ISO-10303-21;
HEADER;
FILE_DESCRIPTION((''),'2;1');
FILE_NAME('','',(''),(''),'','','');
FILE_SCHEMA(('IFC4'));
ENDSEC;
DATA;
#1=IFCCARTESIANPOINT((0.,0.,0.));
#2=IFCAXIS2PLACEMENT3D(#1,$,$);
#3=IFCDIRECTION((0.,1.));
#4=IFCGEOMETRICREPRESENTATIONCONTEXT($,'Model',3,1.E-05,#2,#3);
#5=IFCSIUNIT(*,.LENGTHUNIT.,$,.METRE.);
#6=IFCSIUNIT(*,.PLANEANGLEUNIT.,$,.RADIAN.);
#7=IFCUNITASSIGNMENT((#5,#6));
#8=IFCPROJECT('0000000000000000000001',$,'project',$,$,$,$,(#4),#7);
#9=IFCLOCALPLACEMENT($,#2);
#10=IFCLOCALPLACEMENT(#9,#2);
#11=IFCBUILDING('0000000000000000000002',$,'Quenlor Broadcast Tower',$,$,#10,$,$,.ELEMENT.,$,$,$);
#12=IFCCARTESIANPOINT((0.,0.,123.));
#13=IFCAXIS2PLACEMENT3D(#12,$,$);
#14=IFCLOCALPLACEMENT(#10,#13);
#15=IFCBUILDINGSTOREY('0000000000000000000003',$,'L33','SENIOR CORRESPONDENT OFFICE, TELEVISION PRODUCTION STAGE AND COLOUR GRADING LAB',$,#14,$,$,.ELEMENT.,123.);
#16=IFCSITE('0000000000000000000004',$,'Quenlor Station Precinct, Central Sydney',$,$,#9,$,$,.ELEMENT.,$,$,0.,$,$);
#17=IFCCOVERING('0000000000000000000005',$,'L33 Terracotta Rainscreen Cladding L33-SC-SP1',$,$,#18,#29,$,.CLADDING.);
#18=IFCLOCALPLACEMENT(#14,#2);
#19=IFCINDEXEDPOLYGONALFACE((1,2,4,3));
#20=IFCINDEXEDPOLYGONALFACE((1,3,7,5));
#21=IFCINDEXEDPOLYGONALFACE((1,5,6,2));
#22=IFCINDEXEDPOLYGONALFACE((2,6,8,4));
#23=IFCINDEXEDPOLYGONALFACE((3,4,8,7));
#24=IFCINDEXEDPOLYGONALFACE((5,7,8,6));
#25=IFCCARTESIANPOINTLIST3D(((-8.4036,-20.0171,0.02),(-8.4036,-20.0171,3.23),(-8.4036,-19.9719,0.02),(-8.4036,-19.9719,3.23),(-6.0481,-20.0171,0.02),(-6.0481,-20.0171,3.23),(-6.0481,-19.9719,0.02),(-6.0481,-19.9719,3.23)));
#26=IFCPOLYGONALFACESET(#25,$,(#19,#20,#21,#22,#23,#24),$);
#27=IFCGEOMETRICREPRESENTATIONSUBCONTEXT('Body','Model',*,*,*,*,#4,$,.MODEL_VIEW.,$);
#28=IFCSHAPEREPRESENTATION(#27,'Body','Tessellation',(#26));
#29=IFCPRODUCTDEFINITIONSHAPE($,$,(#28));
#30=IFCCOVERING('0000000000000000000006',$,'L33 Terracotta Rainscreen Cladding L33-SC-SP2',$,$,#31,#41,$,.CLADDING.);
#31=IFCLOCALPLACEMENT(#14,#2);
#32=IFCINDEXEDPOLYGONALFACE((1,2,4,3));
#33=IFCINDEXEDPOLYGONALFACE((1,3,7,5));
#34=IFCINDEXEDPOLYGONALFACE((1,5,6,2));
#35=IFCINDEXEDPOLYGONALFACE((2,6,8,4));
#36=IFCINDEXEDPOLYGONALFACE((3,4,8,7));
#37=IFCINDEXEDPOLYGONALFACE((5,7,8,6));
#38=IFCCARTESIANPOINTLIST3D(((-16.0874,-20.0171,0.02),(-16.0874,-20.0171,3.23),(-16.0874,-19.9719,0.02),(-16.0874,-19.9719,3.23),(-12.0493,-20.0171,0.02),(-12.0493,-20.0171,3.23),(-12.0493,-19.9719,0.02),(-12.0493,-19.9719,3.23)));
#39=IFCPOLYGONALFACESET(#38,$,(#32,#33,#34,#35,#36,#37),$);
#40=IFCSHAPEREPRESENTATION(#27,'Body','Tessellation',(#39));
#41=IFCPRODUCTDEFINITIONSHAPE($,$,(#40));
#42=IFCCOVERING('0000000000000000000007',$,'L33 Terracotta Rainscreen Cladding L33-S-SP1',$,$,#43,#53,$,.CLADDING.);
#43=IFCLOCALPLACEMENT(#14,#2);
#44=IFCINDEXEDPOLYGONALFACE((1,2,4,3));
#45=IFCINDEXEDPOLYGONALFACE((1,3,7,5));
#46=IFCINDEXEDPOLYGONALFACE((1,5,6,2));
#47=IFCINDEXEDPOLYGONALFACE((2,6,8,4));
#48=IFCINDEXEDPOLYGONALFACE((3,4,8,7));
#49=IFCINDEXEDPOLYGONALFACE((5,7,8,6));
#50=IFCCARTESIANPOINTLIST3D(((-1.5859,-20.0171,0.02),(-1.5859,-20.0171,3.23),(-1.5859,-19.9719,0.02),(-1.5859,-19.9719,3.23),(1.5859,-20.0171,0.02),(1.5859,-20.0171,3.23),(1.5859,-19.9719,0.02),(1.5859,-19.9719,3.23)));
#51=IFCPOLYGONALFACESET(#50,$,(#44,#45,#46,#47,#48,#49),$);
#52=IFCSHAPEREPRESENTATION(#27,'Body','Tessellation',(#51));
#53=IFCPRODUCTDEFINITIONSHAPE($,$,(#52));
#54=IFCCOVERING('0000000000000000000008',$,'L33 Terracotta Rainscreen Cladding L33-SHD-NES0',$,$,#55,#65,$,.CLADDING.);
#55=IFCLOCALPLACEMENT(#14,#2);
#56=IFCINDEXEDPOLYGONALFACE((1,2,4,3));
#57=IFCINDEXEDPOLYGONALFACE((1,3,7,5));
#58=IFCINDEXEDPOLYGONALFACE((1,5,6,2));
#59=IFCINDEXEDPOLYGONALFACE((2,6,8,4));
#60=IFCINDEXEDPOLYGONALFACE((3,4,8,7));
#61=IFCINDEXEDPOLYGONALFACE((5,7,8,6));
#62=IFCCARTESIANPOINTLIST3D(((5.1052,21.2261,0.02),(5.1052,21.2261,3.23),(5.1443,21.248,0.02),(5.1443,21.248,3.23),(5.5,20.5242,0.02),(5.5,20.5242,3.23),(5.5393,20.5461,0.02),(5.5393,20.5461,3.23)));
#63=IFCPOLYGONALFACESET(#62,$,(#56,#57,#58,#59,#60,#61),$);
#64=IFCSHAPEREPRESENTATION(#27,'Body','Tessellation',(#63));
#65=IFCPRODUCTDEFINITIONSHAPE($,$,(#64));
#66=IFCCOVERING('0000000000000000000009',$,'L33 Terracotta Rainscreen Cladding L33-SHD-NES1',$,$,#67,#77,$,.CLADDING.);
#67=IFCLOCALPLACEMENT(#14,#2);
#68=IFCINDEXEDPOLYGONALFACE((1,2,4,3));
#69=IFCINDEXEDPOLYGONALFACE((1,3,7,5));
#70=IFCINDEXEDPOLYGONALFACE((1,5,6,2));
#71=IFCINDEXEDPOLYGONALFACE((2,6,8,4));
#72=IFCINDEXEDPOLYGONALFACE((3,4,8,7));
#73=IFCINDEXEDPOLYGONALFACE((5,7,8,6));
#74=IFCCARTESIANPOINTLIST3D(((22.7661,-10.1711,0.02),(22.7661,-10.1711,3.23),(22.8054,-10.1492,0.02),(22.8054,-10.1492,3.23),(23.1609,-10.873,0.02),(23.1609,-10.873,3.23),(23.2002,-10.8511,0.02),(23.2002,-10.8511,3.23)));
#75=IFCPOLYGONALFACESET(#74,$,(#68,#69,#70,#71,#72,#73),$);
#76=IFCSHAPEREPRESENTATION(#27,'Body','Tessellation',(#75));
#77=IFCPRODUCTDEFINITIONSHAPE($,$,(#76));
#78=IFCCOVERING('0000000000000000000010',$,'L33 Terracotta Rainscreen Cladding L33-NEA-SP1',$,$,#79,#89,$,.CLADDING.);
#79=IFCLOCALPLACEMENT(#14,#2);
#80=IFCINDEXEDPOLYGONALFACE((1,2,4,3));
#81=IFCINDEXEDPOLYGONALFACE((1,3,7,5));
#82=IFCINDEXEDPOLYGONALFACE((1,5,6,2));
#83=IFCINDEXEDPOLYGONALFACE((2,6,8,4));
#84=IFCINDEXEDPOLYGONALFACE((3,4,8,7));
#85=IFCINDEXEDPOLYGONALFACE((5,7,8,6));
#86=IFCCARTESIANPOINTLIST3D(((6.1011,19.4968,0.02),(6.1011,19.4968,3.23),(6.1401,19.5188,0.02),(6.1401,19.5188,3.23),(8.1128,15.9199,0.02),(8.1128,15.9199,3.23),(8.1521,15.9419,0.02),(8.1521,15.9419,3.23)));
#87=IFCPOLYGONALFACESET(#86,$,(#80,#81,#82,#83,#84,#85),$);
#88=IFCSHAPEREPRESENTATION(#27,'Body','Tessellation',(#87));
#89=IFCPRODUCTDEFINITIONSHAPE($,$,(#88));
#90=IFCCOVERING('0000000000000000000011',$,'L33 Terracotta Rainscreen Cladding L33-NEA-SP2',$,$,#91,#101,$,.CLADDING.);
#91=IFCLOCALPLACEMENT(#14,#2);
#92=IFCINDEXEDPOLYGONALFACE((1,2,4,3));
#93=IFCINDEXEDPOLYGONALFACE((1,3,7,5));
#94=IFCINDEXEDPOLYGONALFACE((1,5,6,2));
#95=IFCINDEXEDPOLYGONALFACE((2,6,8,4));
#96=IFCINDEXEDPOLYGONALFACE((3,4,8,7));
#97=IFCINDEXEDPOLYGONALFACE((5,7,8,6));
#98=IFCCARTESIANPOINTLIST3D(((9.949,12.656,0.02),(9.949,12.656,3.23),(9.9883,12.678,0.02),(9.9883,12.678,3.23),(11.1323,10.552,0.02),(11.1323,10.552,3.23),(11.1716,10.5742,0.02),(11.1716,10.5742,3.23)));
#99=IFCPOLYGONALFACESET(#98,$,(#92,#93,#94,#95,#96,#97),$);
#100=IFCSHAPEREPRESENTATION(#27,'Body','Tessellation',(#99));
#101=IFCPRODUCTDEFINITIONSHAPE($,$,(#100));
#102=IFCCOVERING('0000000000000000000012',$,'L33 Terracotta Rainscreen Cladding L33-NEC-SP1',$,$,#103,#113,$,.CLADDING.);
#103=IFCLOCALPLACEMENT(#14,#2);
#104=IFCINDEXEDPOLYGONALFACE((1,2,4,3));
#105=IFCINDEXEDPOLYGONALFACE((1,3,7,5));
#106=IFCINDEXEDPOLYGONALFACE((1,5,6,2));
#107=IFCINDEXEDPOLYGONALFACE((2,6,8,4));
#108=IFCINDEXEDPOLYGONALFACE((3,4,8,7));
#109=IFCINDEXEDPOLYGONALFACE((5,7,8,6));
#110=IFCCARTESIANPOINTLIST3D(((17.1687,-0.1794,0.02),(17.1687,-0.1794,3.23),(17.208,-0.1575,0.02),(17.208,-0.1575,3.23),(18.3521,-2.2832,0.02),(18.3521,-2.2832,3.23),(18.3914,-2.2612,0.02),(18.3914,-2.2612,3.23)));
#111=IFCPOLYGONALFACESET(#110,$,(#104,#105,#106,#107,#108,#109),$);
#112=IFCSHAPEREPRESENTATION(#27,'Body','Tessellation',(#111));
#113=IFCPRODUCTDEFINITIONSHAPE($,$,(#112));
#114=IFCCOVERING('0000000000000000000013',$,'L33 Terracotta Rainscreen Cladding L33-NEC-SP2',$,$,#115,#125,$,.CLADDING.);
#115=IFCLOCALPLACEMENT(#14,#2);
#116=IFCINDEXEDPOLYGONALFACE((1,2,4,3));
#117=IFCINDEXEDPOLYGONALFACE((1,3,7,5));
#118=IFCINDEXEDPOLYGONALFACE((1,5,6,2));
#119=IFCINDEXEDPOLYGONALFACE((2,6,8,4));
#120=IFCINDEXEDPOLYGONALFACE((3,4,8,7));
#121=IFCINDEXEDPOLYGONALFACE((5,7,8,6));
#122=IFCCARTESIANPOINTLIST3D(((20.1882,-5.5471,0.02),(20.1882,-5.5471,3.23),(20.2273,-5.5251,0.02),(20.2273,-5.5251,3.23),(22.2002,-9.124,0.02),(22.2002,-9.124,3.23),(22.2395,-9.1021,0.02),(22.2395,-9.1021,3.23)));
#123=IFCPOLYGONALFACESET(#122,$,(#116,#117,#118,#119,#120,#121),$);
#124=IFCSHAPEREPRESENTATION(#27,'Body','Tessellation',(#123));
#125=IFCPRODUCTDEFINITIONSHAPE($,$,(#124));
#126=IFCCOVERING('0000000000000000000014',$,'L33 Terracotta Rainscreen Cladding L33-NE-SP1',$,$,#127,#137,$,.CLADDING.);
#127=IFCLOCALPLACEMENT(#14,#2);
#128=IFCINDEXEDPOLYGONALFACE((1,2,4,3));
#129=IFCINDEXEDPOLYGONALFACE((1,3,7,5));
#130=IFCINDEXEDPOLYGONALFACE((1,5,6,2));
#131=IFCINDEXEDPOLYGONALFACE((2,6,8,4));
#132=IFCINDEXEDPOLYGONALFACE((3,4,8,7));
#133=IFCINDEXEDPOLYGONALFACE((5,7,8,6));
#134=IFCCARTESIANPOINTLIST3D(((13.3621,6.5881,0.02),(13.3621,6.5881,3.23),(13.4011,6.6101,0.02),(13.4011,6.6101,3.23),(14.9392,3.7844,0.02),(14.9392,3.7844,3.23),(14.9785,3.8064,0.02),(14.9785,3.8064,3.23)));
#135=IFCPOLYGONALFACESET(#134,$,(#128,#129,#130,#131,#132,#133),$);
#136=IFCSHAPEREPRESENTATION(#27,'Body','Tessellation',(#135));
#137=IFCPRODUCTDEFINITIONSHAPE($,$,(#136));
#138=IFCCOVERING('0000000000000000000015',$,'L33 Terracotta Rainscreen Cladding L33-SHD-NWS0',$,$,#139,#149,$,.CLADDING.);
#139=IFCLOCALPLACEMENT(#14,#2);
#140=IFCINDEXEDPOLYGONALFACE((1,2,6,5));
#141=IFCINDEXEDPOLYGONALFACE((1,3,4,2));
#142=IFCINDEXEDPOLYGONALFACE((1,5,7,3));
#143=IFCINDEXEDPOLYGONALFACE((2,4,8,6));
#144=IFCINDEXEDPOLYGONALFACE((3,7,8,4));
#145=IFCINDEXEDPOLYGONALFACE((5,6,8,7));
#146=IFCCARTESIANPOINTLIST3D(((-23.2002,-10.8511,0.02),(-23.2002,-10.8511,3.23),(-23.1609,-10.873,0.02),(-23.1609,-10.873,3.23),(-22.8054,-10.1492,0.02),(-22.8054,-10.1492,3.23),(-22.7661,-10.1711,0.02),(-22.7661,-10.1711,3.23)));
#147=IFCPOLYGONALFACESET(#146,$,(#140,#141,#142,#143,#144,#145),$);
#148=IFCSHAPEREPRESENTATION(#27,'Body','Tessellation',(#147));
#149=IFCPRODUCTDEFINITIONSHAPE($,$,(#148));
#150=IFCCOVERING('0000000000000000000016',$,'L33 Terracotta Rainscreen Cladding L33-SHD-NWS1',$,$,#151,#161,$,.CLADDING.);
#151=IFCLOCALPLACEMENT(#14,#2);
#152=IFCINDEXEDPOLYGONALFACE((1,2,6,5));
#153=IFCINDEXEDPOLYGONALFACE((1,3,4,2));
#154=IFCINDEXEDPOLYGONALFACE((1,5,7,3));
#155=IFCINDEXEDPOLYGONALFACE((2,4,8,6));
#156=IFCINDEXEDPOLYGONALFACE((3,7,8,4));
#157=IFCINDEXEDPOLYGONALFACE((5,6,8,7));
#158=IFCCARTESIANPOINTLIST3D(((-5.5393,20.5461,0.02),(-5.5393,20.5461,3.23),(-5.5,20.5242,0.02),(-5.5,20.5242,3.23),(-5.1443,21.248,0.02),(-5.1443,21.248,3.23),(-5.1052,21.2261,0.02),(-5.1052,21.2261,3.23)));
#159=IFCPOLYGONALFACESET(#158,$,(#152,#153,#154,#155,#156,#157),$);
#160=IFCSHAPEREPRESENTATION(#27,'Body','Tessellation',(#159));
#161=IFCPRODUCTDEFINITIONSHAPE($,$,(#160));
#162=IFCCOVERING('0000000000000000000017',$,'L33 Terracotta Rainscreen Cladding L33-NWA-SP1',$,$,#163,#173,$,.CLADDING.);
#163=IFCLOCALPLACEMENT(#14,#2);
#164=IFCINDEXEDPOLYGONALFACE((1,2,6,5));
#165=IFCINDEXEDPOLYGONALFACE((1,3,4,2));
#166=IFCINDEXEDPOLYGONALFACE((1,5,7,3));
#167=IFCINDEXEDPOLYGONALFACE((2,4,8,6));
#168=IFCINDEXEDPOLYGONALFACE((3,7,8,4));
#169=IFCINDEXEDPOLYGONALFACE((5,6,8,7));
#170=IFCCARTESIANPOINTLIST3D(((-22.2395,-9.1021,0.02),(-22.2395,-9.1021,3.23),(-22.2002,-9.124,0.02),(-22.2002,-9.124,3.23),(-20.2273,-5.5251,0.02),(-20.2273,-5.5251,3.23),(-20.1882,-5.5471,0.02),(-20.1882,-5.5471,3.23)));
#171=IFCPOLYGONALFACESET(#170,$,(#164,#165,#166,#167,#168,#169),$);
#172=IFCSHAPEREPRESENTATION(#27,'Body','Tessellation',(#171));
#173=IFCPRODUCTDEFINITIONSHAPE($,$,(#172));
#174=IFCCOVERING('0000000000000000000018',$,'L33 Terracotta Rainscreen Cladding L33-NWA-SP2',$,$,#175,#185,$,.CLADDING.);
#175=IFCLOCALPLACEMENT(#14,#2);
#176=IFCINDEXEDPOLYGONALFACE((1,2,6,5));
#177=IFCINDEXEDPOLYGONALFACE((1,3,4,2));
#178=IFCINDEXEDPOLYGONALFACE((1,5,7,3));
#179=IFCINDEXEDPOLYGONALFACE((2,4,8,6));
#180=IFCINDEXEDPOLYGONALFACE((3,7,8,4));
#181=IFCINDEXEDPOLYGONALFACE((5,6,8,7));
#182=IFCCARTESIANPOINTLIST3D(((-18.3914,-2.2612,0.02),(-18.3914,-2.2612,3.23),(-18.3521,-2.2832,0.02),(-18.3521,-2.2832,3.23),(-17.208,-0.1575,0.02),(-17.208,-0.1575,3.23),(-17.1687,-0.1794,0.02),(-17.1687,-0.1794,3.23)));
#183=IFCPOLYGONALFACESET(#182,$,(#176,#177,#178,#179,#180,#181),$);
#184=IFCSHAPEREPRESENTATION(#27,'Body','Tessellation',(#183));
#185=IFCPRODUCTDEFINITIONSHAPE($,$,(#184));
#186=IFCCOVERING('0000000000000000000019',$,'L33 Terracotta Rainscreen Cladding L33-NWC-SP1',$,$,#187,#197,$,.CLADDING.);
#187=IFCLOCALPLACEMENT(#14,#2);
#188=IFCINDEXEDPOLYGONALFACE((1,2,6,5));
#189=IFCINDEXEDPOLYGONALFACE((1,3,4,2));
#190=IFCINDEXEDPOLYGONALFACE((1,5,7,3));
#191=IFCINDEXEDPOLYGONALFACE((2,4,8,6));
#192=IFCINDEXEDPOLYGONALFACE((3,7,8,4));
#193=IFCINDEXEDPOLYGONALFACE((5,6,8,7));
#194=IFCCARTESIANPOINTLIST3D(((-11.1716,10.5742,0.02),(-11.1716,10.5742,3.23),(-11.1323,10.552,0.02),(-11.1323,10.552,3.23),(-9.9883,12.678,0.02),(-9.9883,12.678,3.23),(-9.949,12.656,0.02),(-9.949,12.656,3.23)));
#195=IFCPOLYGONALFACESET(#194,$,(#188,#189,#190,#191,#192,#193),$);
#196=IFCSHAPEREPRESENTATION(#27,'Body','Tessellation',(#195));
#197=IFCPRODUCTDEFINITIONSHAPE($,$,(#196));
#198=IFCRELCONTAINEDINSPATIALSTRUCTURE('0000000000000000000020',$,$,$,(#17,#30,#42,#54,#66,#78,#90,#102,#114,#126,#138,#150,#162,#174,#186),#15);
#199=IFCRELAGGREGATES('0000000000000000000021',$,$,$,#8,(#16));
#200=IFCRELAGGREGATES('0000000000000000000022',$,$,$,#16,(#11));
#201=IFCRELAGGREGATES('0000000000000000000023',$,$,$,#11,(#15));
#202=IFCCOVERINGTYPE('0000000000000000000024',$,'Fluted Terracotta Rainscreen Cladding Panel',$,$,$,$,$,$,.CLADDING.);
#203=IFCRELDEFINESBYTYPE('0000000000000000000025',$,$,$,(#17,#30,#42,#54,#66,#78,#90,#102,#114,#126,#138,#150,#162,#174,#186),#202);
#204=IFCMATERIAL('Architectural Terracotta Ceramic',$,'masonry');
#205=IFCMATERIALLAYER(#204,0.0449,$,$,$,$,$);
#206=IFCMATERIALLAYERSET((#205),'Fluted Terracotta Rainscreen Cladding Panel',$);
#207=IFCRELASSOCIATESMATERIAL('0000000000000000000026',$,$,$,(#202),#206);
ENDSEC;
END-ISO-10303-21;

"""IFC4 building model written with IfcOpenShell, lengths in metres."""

from ifc_helpers import new_model, si_unit, direction, frame, origin, place, context, subcontext, project, spatial, polyline, outline, extrude, material, layer, layer_set, type_object, element, save


model = new_model("IFC4")

# Units and contexts
model_context = context("Model", 3, precision=1e-05, world=origin(), true_north=direction((0.0, 1.0)))
body_context = subcontext(model_context, "Body", "Model", "MODEL_VIEW")
ifc_project = project(units=[si_unit("LENGTHUNIT", "METRE"), si_unit("PLANEANGLEUNIT", "RADIAN")], contexts=[model_context])

# Site, building, storey
site_placement = place(None, origin())
site = spatial("IfcSite", under=ifc_project, at=site_placement, Name="Quenlor Station Precinct, Central Sydney", CompositionType="ELEMENT", RefElevation=0.0)
building_placement = place(site_placement, origin())
building = spatial("IfcBuilding", under=site, at=building_placement, Name="Quenlor Broadcast Tower", CompositionType="ELEMENT")
storey_placement = place(building_placement, frame((0.0, 0.0, 123.0)))
storey = spatial("IfcBuildingStorey", under=building, at=storey_placement, Name="L33", Description="SENIOR CORRESPONDENT OFFICE, TELEVISION PRODUCTION STAGE AND COLOUR GRADING LAB", CompositionType="ELEMENT", Elevation=123.0)

# Coverings
ifc_material_1 = material(Name="Architectural Terracotta Ceramic", Category="masonry")
ifc_layer_1 = layer(ifc_material_1, 0.0449)
ifc_layer_set_1 = layer_set([ifc_layer_1], Name="Fluted Terracotta Rainscreen Cladding Panel")
covering_type = type_object("IfcCoveringType", Name="Fluted Terracotta Rainscreen Cladding Panel", PredefinedType="CLADDING", material=ifc_layer_set_1)
covering_1_placement = place(storey_placement, frame((0.0, 0.0, 0.02)))
element("IfcCovering", 1, at=covering_1_placement, inside=storey, type_object=covering_type, Name="L33 Terracotta Rainscreen Cladding L33-SC-SP1", PredefinedType="CLADDING", context=body_context, shape_type="SweptSolid", body=[
    extrude(outline(polyline([(-6.0481, -19.9719), (-8.4036, -19.9719), (-8.4036, -20.0171), (-6.0481, -20.0171), (-6.0481, -19.9719)])), origin(), (0.0, 0.0, 1.0), 3.21),
])
covering_2_placement = place(storey_placement, frame((0.0, 0.0, 0.02)))
element("IfcCovering", 2, at=covering_2_placement, inside=storey, type_object=covering_type, Name="L33 Terracotta Rainscreen Cladding L33-SC-SP2", PredefinedType="CLADDING", context=body_context, shape_type="SweptSolid", body=[
    extrude(outline(polyline([(-12.0493, -19.9719), (-16.0874, -19.9719), (-16.0874, -20.0171), (-12.0493, -20.0171), (-12.0493, -19.9719)])), origin(), (0.0, 0.0, 1.0), 3.21),
])
covering_3_placement = place(storey_placement, frame((0.0, 0.0, 0.02)))
element("IfcCovering", 3, at=covering_3_placement, inside=storey, type_object=covering_type, Name="L33 Terracotta Rainscreen Cladding L33-S-SP1", PredefinedType="CLADDING", context=body_context, shape_type="SweptSolid", body=[
    extrude(outline(polyline([(1.5859, -19.9719), (-1.5859, -19.9719), (-1.5859, -20.0171), (1.5859, -20.0171), (1.5859, -19.9719)])), origin(), (0.0, 0.0, 1.0), 3.21),
])
covering_4_placement = place(storey_placement, frame((0.0, 0.0, 0.02)))
element("IfcCovering", 4, at=covering_4_placement, inside=storey, type_object=covering_type, Name="L33 Terracotta Rainscreen Cladding L33-SHD-NES0", PredefinedType="CLADDING", context=body_context, shape_type="SweptSolid", body=[
    extrude(outline(polyline([(5.1052, 21.2261), (5.5, 20.5242), (5.5393, 20.5461), (5.1443, 21.248), (5.1052, 21.2261)])), origin(), (0.0, 0.0, 1.0), 3.21),
])
covering_5_placement = place(storey_placement, frame((0.0, 0.0, 0.02)))
element("IfcCovering", 5, at=covering_5_placement, inside=storey, type_object=covering_type, Name="L33 Terracotta Rainscreen Cladding L33-SHD-NES1", PredefinedType="CLADDING", context=body_context, shape_type="SweptSolid", body=[
    extrude(outline(polyline([(22.7661, -10.1711), (23.1609, -10.873), (23.2002, -10.8511), (22.8054, -10.1492), (22.7661, -10.1711)])), origin(), (0.0, 0.0, 1.0), 3.21),
])
covering_6_placement = place(storey_placement, frame((0.0, 0.0, 0.02)))
element("IfcCovering", 6, at=covering_6_placement, inside=storey, type_object=covering_type, Name="L33 Terracotta Rainscreen Cladding L33-NEA-SP1", PredefinedType="CLADDING", context=body_context, shape_type="SweptSolid", body=[
    extrude(outline(polyline([(6.1011, 19.4968), (8.1128, 15.9199), (8.1521, 15.9419), (6.1401, 19.5188), (6.1011, 19.4968)])), origin(), (0.0, 0.0, 1.0), 3.21),
])
covering_7_placement = place(storey_placement, frame((0.0, 0.0, 0.02)))
element("IfcCovering", 7, at=covering_7_placement, inside=storey, type_object=covering_type, Name="L33 Terracotta Rainscreen Cladding L33-NEA-SP2", PredefinedType="CLADDING", context=body_context, shape_type="SweptSolid", body=[
    extrude(outline(polyline([(9.949, 12.656), (11.1323, 10.552), (11.1716, 10.5742), (9.9883, 12.678), (9.949, 12.656)])), origin(), (0.0, 0.0, 1.0), 3.21),
])
covering_8_placement = place(storey_placement, frame((0.0, 0.0, 0.02)))
element("IfcCovering", 8, at=covering_8_placement, inside=storey, type_object=covering_type, Name="L33 Terracotta Rainscreen Cladding L33-NEC-SP1", PredefinedType="CLADDING", context=body_context, shape_type="SweptSolid", body=[
    extrude(outline(polyline([(17.1687, -0.1794), (18.3521, -2.2832), (18.3914, -2.2612), (17.208, -0.1575), (17.1687, -0.1794)])), origin(), (0.0, 0.0, 1.0), 3.21),
])
covering_9_placement = place(storey_placement, frame((0.0, 0.0, 0.02)))
element("IfcCovering", 9, at=covering_9_placement, inside=storey, type_object=covering_type, Name="L33 Terracotta Rainscreen Cladding L33-NEC-SP2", PredefinedType="CLADDING", context=body_context, shape_type="SweptSolid", body=[
    extrude(outline(polyline([(20.1882, -5.5471), (22.2002, -9.124), (22.2395, -9.1021), (20.2273, -5.5251), (20.1882, -5.5471)])), origin(), (0.0, 0.0, 1.0), 3.21),
])
covering_10_placement = place(storey_placement, frame((0.0, 0.0, 0.02)))
element("IfcCovering", 10, at=covering_10_placement, inside=storey, type_object=covering_type, Name="L33 Terracotta Rainscreen Cladding L33-NE-SP1", PredefinedType="CLADDING", context=body_context, shape_type="SweptSolid", body=[
    extrude(outline(polyline([(13.3621, 6.5881), (14.9392, 3.7844), (14.9785, 3.8064), (13.4011, 6.6101), (13.3621, 6.5881)])), origin(), (0.0, 0.0, 1.0), 3.21),
])
covering_11_placement = place(storey_placement, frame((0.0, 0.0, 0.02)))
element("IfcCovering", 11, at=covering_11_placement, inside=storey, type_object=covering_type, Name="L33 Terracotta Rainscreen Cladding L33-SHD-NWS0", PredefinedType="CLADDING", context=body_context, shape_type="SweptSolid", body=[
    extrude(outline(polyline([(-23.1609, -10.873), (-22.7661, -10.1711), (-22.8054, -10.1492), (-23.2002, -10.8511), (-23.1609, -10.873)])), origin(), (0.0, 0.0, 1.0), 3.21),
])
covering_12_placement = place(storey_placement, frame((0.0, 0.0, 0.02)))
element("IfcCovering", 12, at=covering_12_placement, inside=storey, type_object=covering_type, Name="L33 Terracotta Rainscreen Cladding L33-SHD-NWS1", PredefinedType="CLADDING", context=body_context, shape_type="SweptSolid", body=[
    extrude(outline(polyline([(-5.5, 20.5242), (-5.1052, 21.2261), (-5.1443, 21.248), (-5.5393, 20.5461), (-5.5, 20.5242)])), origin(), (0.0, 0.0, 1.0), 3.21),
])
covering_13_placement = place(storey_placement, frame((0.0, 0.0, 0.02)))
element("IfcCovering", 13, at=covering_13_placement, inside=storey, type_object=covering_type, Name="L33 Terracotta Rainscreen Cladding L33-NWA-SP1", PredefinedType="CLADDING", context=body_context, shape_type="SweptSolid", body=[
    extrude(outline(polyline([(-22.2002, -9.124), (-20.1882, -5.5471), (-20.2273, -5.5251), (-22.2395, -9.1021), (-22.2002, -9.124)])), origin(), (0.0, 0.0, 1.0), 3.21),
])
covering_14_placement = place(storey_placement, frame((0.0, 0.0, 0.02)))
element("IfcCovering", 14, at=covering_14_placement, inside=storey, type_object=covering_type, Name="L33 Terracotta Rainscreen Cladding L33-NWA-SP2", PredefinedType="CLADDING", context=body_context, shape_type="SweptSolid", body=[
    extrude(outline(polyline([(-18.3521, -2.2832), (-17.1687, -0.1794), (-17.208, -0.1575), (-18.3914, -2.2612), (-18.3521, -2.2832)])), origin(), (0.0, 0.0, 1.0), 3.21),
])
covering_15_placement = place(storey_placement, frame((0.0, 0.0, 0.02)))
element("IfcCovering", 15, at=covering_15_placement, inside=storey, type_object=covering_type, Name="L33 Terracotta Rainscreen Cladding L33-NWC-SP1", PredefinedType="CLADDING", context=body_context, shape_type="SweptSolid", body=[
    extrude(outline(polyline([(-11.1323, 10.552), (-9.949, 12.656), (-9.9883, 12.678), (-11.1716, 10.5742), (-11.1323, 10.552)])), origin(), (0.0, 0.0, 1.0), 3.21),
])

save(model, "model.ifc")
